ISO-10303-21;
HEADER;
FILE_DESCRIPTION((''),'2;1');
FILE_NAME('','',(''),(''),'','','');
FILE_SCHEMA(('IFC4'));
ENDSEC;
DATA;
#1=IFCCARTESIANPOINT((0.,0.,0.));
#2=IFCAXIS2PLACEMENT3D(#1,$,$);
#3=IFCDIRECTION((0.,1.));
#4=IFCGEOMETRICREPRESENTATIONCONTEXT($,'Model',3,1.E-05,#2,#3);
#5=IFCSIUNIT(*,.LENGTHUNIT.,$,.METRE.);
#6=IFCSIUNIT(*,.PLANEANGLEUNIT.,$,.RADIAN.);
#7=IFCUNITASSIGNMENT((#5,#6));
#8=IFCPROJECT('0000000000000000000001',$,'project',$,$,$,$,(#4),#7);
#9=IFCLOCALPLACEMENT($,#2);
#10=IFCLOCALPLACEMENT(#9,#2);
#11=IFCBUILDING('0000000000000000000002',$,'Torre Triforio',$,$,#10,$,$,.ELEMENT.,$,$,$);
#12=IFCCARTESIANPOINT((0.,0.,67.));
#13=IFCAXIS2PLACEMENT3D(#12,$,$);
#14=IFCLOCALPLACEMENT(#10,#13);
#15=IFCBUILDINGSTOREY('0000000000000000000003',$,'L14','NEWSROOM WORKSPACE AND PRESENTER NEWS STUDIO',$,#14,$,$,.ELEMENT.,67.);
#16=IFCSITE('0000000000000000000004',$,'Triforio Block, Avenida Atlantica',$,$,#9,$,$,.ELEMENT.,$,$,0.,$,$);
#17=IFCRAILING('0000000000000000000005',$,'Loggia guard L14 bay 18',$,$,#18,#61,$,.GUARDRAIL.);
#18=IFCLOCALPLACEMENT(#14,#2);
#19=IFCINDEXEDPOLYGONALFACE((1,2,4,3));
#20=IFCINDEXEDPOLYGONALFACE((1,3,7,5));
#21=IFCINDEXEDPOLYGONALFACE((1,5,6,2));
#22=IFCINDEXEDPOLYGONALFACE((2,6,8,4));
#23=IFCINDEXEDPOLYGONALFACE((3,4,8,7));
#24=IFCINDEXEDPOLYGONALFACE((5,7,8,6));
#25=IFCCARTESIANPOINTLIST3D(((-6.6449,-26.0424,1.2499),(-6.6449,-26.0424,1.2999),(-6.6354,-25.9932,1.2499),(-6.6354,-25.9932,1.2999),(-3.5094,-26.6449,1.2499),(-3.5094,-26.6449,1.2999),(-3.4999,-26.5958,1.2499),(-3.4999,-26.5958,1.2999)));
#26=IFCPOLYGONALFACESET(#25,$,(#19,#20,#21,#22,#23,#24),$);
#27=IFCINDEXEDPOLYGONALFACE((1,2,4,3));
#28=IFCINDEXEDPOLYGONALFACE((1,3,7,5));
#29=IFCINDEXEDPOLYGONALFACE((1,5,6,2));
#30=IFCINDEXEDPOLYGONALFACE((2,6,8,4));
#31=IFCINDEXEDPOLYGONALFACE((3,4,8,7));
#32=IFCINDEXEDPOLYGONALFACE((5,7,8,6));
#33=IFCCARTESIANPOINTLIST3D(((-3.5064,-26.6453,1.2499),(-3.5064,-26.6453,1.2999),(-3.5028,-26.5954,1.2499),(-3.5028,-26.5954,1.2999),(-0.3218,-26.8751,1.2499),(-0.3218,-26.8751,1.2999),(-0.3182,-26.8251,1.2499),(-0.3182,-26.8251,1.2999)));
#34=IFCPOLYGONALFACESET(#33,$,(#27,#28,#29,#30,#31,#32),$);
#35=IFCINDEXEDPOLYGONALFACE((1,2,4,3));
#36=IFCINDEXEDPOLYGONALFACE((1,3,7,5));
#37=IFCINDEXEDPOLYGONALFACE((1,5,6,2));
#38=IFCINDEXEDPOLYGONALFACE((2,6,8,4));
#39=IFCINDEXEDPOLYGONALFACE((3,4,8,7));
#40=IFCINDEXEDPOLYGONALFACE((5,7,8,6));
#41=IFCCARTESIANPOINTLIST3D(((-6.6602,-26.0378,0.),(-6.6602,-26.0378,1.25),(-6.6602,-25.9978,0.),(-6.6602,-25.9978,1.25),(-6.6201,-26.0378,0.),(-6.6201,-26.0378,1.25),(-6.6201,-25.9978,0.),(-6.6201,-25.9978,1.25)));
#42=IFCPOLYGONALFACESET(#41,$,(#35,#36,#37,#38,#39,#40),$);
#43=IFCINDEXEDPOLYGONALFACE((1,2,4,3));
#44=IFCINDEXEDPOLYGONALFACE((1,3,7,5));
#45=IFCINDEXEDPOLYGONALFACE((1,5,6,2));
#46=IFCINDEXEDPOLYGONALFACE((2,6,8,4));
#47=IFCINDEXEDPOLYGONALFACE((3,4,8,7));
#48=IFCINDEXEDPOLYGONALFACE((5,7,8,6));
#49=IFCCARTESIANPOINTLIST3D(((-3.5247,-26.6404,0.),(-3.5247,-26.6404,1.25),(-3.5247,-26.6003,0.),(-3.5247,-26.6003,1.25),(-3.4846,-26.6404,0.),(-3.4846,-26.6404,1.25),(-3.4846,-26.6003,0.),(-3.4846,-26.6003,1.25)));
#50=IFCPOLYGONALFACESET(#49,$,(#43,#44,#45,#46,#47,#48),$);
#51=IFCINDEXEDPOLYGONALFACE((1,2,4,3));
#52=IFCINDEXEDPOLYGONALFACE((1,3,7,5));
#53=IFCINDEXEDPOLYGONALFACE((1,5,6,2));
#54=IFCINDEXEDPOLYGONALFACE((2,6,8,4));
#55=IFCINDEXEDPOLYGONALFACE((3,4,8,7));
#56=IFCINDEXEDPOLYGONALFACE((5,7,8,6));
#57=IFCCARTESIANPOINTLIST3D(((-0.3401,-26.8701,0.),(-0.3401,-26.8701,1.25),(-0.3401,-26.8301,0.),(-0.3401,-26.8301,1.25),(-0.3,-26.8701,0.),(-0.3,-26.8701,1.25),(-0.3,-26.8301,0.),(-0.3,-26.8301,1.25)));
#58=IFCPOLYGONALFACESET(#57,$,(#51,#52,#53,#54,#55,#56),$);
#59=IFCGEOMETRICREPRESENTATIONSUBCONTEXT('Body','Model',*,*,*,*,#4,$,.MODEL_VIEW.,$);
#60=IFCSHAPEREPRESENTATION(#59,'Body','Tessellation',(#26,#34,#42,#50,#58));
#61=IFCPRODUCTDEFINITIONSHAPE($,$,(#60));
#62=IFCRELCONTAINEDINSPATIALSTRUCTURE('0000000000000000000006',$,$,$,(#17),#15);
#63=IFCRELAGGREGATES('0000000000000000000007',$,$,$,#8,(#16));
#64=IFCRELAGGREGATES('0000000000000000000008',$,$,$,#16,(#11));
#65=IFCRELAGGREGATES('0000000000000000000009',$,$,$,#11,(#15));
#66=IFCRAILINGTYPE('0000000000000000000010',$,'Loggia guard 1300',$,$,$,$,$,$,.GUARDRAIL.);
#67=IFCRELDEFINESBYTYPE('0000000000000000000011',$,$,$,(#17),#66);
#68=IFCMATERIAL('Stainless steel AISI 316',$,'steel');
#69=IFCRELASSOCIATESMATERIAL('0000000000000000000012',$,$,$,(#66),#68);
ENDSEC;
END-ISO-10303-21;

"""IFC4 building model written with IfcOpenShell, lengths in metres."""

from ifc_helpers import new_model, si_unit, direction, frame, origin, origin_2d, place, context, subcontext, project, spatial, rectangle, extrude, material, type_object, element, save


model = new_model("IFC4")

# Units and contexts
model_context = context("Model", 3, precision=1e-05, world=origin(), true_north=direction((0.0, 1.0)))
body_context = subcontext(model_context, "Body", "Model", "MODEL_VIEW")
ifc_project = project(units=[si_unit("LENGTHUNIT", "METRE"), si_unit("PLANEANGLEUNIT", "RADIAN")], contexts=[model_context])

# Site, building, storey
site_placement = place(None, origin())
site = spatial("IfcSite", under=ifc_project, at=site_placement, Name="Triforio Block, Avenida Atlantica", CompositionType="ELEMENT", RefElevation=0.0)
building_placement = place(site_placement, origin())
building = spatial("IfcBuilding", under=site, at=building_placement, Name="Torre Triforio", CompositionType="ELEMENT")
storey_placement = place(building_placement, frame((0.0, 0.0, 67.0)))
storey = spatial("IfcBuildingStorey", under=building, at=storey_placement, Name="L14", Description="NEWSROOM WORKSPACE AND PRESENTER NEWS STUDIO", CompositionType="ELEMENT", Elevation=67.0)

# Railing
ifc_material_1 = material(Name="Stainless steel AISI 316", Category="steel")
railing_type = type_object("IfcRailingType", Name="Loggia guard 1300", PredefinedType="GUARDRAIL", material=ifc_material_1)
railing_placement = place(storey_placement, frame((-6.6401, -26.0178, 0.0)))
element("IfcRailing", 1, at=railing_placement, inside=storey, type_object=railing_type, Name="Loggia guard L14 bay 18", PredefinedType="GUARDRAIL", context=body_context, shape_type="SweptSolid", body=[
    extrude(rectangle(XDim=0.05, YDim=0.05, at=origin_2d()), frame((0.0, 0.0, 1.2749), z_axis=(0.982032, -0.188714, 0.0), x_axis=(0.188714, 0.982032, 0.0)), (0.0, 0.0, 1.0), 3.1929),
    extrude(rectangle(XDim=0.05, YDim=0.05, at=origin_2d()), frame((3.1355, -0.6025, 1.2749), z_axis=(0.997408, -0.071953, 0.0), x_axis=(0.071953, 0.997408, 0.0)), (0.0, 0.0, 1.0), 3.1929),
    extrude(rectangle(XDim=0.04, YDim=0.04, at=origin_2d()), origin(), (0.0, 0.0, 1.0), 1.25),
    extrude(rectangle(XDim=0.04, YDim=0.04, at=origin_2d()), frame((3.1355, -0.6025, 0.0)), (0.0, 0.0, 1.0), 1.25),
    extrude(rectangle(XDim=0.04, YDim=0.04, at=origin_2d()), frame((6.3201, -0.8323, 0.0)), (0.0, 0.0, 1.0), 1.25),
])

save(model, "model.ifc")
